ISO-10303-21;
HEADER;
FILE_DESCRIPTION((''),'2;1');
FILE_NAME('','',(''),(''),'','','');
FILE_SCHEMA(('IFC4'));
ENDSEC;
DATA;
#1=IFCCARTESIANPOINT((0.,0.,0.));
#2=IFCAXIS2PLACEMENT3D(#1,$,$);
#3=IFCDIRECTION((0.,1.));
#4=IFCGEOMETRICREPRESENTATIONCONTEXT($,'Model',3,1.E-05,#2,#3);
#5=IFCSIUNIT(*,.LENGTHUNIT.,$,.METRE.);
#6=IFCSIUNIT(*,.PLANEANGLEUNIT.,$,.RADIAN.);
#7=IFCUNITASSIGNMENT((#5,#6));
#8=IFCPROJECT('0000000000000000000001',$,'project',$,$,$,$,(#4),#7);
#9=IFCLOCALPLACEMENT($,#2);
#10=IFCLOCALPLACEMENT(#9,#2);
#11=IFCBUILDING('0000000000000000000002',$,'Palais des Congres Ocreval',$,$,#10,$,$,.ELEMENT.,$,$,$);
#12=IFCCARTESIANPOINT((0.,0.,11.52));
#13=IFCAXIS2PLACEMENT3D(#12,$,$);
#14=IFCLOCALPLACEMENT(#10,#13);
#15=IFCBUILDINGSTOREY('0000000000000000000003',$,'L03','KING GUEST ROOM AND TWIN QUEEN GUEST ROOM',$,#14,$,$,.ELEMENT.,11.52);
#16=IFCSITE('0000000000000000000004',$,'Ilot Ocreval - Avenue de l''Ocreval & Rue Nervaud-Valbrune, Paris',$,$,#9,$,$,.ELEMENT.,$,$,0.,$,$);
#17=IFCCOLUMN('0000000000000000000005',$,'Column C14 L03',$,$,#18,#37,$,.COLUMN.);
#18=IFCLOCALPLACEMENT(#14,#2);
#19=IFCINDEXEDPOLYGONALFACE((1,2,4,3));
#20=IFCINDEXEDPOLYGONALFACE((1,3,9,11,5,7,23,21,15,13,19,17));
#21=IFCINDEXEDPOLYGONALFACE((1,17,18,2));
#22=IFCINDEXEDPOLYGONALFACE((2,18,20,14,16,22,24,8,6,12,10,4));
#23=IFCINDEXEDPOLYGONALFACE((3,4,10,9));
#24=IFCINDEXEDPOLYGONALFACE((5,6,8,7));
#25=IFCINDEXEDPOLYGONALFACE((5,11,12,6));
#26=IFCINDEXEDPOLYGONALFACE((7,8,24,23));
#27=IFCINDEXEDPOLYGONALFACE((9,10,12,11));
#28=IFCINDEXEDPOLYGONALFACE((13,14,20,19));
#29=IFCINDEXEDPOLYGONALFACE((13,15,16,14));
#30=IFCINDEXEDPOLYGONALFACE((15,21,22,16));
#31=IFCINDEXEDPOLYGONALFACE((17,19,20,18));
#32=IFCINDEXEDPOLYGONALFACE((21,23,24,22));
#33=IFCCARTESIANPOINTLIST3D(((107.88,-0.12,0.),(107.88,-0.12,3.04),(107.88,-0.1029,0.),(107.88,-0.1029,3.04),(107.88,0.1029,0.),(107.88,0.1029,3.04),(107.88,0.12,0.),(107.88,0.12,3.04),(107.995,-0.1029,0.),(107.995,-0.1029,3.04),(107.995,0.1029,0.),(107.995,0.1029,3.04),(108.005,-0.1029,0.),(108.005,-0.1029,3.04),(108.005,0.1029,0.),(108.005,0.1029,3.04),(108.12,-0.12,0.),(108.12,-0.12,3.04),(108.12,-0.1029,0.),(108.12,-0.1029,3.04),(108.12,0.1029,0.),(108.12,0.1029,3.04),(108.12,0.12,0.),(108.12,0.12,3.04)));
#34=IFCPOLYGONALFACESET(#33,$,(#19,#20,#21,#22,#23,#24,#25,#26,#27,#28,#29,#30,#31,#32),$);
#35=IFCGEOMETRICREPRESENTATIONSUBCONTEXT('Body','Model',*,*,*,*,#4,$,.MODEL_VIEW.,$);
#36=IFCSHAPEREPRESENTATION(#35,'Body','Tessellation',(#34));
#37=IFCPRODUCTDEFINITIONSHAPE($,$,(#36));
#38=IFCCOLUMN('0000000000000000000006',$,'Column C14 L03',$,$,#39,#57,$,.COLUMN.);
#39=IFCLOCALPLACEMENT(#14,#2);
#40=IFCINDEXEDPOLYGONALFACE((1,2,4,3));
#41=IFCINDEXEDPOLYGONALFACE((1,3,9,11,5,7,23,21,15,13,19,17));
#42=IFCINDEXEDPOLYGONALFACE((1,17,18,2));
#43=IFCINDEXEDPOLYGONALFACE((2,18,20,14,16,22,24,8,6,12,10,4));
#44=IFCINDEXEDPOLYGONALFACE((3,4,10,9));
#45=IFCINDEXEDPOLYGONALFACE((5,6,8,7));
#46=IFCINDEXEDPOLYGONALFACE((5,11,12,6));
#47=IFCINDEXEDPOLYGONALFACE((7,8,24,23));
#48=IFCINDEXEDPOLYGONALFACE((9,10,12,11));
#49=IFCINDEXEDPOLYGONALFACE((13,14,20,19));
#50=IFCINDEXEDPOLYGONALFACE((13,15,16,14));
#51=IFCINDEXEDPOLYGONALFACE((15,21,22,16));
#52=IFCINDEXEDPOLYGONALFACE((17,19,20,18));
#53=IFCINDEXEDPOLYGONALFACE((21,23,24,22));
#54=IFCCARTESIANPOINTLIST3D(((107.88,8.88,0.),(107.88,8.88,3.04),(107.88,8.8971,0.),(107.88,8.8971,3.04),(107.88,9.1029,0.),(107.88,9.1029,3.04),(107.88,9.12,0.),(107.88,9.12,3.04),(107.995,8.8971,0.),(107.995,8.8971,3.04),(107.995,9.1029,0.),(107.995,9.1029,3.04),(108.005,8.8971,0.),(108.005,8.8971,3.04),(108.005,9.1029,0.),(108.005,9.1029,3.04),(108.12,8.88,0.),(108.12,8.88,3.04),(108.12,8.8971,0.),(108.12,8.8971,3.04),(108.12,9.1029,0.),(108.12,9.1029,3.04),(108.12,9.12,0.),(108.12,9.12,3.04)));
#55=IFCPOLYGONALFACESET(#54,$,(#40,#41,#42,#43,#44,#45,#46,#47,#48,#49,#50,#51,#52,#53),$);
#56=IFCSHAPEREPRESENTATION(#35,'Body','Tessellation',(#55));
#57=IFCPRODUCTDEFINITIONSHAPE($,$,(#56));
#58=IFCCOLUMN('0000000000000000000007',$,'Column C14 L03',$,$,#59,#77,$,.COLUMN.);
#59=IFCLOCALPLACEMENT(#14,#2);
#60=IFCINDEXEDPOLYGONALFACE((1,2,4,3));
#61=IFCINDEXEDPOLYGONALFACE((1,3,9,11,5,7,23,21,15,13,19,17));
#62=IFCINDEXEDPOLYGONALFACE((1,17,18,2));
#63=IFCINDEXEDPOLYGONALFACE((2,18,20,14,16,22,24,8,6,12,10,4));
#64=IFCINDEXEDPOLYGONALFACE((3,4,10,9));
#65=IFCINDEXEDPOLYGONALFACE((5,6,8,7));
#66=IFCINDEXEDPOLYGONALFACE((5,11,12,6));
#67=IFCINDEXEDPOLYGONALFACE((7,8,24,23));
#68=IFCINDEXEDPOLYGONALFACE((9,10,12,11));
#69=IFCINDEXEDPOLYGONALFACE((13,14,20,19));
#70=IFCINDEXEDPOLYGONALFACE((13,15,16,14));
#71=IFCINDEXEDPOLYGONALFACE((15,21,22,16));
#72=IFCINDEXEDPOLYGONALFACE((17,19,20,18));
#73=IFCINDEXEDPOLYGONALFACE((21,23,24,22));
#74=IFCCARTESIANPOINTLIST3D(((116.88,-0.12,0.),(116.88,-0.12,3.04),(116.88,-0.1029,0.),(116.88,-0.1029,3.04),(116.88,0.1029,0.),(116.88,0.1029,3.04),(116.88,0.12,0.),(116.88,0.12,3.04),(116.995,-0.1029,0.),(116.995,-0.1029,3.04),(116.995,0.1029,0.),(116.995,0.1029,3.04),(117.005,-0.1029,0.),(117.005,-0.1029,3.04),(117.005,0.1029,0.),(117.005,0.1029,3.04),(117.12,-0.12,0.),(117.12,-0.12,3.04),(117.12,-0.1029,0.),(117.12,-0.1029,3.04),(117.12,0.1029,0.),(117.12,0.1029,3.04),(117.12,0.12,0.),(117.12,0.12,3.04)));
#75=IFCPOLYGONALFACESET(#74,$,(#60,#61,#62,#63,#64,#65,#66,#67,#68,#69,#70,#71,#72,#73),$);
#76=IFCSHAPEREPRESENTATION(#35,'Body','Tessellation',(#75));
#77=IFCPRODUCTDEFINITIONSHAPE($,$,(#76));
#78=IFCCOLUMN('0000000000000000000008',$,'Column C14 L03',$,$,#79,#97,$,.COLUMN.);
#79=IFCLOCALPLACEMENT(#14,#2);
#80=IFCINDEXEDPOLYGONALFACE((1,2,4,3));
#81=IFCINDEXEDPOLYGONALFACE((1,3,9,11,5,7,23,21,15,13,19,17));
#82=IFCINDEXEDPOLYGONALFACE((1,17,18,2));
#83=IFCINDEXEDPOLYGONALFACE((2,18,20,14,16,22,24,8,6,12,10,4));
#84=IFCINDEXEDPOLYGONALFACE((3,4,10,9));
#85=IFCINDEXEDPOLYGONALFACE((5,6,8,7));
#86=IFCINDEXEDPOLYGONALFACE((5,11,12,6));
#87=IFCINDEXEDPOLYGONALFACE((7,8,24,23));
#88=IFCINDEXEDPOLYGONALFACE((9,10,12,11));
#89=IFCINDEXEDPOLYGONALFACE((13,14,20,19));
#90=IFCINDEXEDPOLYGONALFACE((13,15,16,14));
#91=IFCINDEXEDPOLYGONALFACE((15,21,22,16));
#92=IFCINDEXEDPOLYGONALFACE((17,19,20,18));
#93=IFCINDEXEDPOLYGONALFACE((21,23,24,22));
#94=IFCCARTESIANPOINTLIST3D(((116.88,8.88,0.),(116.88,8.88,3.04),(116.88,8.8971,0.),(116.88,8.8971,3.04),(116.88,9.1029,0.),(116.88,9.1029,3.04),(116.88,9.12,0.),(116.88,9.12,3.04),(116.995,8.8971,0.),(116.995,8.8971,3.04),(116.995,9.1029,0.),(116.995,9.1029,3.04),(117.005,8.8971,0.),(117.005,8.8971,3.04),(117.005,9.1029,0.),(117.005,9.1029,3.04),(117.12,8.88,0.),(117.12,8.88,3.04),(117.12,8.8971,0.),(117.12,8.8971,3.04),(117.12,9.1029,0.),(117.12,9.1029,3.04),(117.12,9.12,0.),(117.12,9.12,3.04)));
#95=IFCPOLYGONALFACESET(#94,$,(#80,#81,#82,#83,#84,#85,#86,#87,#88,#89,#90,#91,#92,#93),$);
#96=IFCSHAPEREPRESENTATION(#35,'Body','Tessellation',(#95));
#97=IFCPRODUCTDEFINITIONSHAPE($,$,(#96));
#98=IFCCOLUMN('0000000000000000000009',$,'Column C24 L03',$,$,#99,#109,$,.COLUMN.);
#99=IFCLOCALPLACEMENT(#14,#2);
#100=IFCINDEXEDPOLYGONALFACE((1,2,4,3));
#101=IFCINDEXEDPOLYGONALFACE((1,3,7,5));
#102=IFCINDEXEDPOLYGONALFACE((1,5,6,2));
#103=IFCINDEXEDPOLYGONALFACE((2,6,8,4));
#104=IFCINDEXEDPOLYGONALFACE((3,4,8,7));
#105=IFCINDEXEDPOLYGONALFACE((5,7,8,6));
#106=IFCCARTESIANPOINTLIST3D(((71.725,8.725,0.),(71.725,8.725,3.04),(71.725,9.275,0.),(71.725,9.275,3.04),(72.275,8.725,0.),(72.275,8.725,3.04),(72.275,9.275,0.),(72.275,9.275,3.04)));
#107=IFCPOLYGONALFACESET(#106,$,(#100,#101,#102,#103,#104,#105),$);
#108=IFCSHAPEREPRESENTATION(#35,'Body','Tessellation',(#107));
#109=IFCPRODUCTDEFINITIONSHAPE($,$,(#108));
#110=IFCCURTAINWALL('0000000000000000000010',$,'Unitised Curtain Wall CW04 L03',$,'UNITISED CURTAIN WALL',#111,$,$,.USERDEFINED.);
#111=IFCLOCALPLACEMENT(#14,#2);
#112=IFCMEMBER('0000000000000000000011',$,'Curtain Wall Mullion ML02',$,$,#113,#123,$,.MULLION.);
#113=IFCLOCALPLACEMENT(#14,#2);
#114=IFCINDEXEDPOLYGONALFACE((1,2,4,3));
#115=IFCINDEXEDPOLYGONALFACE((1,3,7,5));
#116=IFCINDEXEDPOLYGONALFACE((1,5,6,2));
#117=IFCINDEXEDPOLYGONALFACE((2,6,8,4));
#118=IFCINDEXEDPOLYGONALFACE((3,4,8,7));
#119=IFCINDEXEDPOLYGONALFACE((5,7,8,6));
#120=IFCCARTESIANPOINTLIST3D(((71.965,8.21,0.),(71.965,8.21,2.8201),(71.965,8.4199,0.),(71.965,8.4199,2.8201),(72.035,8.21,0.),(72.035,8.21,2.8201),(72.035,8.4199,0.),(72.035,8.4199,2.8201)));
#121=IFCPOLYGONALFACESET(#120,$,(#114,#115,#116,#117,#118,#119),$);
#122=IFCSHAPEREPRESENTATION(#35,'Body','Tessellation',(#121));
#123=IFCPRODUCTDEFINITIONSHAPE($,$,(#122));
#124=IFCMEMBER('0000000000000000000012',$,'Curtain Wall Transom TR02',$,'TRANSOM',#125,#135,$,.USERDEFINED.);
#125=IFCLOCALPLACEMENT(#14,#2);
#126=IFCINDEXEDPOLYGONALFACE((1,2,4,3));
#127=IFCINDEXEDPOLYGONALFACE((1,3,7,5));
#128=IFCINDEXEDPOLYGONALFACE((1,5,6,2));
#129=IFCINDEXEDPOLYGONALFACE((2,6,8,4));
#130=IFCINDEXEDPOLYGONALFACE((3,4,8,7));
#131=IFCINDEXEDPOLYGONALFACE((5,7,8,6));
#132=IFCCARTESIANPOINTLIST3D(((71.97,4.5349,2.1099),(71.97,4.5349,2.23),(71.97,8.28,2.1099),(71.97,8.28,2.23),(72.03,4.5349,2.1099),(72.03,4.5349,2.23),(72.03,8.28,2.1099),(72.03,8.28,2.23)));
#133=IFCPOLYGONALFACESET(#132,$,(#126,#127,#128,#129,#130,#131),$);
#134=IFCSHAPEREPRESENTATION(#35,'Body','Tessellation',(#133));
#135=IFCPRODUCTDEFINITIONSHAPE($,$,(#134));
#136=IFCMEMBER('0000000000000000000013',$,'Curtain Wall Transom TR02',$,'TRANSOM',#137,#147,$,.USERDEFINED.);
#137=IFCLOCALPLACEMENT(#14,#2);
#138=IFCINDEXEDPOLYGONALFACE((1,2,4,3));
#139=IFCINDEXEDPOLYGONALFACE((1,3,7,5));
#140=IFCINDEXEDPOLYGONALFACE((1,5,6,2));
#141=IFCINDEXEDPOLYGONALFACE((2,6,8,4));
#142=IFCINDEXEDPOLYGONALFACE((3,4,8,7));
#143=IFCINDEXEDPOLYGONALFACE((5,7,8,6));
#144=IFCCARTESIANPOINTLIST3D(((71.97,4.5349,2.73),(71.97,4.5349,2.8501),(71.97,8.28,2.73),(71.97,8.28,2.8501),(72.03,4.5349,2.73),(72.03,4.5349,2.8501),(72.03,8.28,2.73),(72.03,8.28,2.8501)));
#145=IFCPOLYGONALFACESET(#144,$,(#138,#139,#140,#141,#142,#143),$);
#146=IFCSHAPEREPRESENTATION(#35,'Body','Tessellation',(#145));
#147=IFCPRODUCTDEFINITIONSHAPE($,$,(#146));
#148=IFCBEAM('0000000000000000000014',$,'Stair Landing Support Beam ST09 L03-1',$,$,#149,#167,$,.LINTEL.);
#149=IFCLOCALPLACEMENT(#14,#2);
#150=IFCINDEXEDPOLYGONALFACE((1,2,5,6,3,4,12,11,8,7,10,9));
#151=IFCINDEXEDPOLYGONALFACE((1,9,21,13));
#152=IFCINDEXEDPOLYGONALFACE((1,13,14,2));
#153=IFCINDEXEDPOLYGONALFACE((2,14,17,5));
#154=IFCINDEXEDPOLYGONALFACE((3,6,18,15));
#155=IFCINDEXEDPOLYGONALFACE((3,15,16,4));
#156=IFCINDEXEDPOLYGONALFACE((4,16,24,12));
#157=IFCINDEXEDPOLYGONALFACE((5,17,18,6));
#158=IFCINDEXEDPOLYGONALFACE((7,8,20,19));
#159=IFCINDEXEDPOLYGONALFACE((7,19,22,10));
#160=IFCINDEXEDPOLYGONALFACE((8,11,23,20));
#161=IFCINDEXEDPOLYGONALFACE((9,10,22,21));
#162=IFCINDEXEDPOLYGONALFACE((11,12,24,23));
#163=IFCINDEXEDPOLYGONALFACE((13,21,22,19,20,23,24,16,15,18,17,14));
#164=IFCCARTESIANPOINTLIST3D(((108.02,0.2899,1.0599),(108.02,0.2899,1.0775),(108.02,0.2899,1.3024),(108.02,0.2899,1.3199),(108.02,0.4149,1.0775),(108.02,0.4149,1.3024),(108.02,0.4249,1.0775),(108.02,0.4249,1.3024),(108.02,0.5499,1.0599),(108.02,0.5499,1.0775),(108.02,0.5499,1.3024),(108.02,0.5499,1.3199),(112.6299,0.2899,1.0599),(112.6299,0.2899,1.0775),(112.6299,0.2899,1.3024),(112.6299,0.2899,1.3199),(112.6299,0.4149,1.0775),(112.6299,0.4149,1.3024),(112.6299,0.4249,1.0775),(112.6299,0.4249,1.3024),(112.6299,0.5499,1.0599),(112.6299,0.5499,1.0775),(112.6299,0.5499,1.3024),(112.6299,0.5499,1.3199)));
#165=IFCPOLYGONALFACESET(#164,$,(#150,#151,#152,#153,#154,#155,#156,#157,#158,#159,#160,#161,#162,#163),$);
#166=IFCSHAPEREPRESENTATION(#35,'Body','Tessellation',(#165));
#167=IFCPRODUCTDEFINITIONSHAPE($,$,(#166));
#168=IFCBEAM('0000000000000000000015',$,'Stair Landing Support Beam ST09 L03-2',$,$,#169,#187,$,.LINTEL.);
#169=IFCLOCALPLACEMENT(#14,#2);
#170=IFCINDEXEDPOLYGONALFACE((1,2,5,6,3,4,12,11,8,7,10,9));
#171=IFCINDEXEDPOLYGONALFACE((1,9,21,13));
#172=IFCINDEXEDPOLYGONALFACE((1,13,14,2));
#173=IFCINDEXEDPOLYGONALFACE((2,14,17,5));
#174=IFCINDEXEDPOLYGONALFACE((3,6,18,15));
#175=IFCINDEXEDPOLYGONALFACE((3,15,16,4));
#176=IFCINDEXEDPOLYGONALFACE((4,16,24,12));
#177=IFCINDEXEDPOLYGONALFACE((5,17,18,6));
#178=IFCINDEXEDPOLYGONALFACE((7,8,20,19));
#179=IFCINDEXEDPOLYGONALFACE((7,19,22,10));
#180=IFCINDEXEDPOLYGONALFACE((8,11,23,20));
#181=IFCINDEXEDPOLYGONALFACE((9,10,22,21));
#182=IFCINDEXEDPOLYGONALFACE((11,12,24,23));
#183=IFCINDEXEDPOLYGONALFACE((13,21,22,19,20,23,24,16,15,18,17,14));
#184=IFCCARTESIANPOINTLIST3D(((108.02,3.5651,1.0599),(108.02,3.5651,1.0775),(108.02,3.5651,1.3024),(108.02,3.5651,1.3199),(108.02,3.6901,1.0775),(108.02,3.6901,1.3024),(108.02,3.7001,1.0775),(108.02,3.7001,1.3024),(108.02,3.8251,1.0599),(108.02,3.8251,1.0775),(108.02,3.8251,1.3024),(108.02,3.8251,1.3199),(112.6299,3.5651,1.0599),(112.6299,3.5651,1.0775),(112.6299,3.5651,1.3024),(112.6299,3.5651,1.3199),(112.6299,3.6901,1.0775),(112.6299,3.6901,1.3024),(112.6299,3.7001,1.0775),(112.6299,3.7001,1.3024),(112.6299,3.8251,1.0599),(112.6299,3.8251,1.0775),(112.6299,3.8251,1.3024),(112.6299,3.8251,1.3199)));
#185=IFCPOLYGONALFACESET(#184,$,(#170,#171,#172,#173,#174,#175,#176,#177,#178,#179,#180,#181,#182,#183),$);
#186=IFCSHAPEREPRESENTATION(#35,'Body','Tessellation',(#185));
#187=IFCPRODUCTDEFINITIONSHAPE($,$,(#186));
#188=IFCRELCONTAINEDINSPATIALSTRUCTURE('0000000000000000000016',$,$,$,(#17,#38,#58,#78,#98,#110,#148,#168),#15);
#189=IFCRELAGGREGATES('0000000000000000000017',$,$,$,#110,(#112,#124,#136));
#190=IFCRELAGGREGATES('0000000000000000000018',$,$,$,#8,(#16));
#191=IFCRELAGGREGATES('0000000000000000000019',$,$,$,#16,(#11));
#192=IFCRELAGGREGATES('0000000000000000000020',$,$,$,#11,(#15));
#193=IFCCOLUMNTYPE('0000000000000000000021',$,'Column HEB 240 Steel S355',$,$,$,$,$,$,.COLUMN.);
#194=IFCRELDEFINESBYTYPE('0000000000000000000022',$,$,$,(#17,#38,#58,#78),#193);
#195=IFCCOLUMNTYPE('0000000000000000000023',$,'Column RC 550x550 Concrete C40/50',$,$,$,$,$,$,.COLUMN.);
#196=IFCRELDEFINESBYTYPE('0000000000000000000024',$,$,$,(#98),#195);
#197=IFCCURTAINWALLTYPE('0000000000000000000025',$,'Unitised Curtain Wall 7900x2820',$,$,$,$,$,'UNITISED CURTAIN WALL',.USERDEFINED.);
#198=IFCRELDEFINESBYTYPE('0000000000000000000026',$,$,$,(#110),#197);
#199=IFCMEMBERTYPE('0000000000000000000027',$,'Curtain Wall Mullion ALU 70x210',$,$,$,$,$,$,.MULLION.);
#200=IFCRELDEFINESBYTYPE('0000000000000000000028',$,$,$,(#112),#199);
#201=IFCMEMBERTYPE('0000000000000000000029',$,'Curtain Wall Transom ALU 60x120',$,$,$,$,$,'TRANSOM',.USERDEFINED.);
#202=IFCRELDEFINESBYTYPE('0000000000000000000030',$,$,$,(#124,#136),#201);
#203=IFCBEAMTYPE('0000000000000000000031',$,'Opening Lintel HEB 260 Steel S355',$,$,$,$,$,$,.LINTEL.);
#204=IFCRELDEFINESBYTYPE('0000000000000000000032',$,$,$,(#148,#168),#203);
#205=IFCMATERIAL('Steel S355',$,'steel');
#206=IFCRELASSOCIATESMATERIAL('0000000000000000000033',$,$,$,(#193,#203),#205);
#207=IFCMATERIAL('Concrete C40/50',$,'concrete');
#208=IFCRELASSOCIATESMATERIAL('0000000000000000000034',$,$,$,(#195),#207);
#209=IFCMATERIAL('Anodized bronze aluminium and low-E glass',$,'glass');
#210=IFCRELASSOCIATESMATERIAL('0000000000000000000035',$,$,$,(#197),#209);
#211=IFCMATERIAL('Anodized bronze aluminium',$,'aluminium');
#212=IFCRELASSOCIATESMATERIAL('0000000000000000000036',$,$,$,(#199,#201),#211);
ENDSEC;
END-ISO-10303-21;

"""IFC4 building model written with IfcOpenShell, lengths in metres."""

from ifc_helpers import new_model, si_unit, direction, frame, origin, origin_2d, place, context, subcontext, project, spatial, rectangle, i_section, extrude, material, material_profile, profile_set, type_object, element, aggregate, save


model = new_model("IFC4")

# Units and contexts
model_context = context("Model", 3, precision=1e-05, world=origin(), true_north=direction((0.0, 1.0)))
body_context = subcontext(model_context, "Body", "Model", "MODEL_VIEW")
ifc_project = project(units=[si_unit("LENGTHUNIT", "METRE"), si_unit("PLANEANGLEUNIT", "RADIAN")], contexts=[model_context])

# Site, building, storey
site_placement = place(None, origin())
site = spatial("IfcSite", under=ifc_project, at=site_placement, Name="Ilot Ocreval - Avenue de l'Ocreval & Rue Nervaud-Valbrune, Paris", CompositionType="ELEMENT", RefElevation=0.0)
building_placement = place(site_placement, origin())
building = spatial("IfcBuilding", under=site, at=building_placement, Name="Palais des Congres Ocreval", CompositionType="ELEMENT")
storey_placement = place(building_placement, frame((0.0, 0.0, 11.52)))
storey = spatial("IfcBuildingStorey", under=building, at=storey_placement, Name="L03", Description="KING GUEST ROOM AND TWIN QUEEN GUEST ROOM", CompositionType="ELEMENT", Elevation=11.52)

# Columns
ifc_material_1 = material(Name="Steel S355", Category="steel")
ifc_material_profile_1 = material_profile(ifc_material_1, i_section(OverallWidth=0.24, OverallDepth=0.24, WebThickness=0.01, FlangeThickness=0.0171, at=origin_2d()), Name="HEB 240")
ifc_profile_set_1 = profile_set([ifc_material_profile_1], Name="Steel S355")
column_type_1 = type_object("IfcColumnType", Name="Column HEB 240 Steel S355", PredefinedType="COLUMN", material=ifc_profile_set_1)
for number, where, z_axis, x_axis, name in (
    (1, (108.0, 0.0, 0.0), (0.0, 0.0, 1.0), (1.0, 0.0, 0.0), "Column C14 L03"),
    (2, (108.0, 9.0, 0.0), (0.0, 0.0, 1.0), (1.0, 0.0, 0.0), "Column C14 L03"),
    (3, (117.0, 0.0, 0.0), (0.0, 0.0, 1.0), (1.0, 0.0, 0.0), "Column C14 L03"),
    (4, (117.0, 9.0, 0.0), (0.0, 0.0, 1.0), (1.0, 0.0, 0.0), "Column C14 L03"),
):
    element("IfcColumn", number, at=place(storey_placement, frame(where, z_axis=z_axis, x_axis=x_axis)), inside=storey, type_object=column_type_1, Name=name, PredefinedType="COLUMN", context=body_context, shape_type="SweptSolid", body=[
        extrude(i_section(OverallWidth=0.24, OverallDepth=0.24, WebThickness=0.01, FlangeThickness=0.0171, at=origin_2d()), origin(), (0.0, 0.0, 1.0), 3.04),
    ])
ifc_material_2 = material(Name="Concrete C40/50", Category="concrete")
ifc_material_profile_2 = material_profile(ifc_material_2, rectangle(XDim=0.55, YDim=0.55, at=origin_2d()), Name="RC 550x550")
ifc_profile_set_2 = profile_set([ifc_material_profile_2], Name="Concrete C40/50")
column_type_2 = type_object("IfcColumnType", Name="Column RC 550x550 Concrete C40/50", PredefinedType="COLUMN", material=ifc_profile_set_2)
column_placement = place(storey_placement, frame((72.0, 9.0, 0.0), z_axis=(0.0, 0.0, 1.0), x_axis=(1.0, 0.0, 0.0)))
element("IfcColumn", 5, at=column_placement, inside=storey, type_object=column_type_2, Name="Column C24 L03", PredefinedType="COLUMN", context=body_context, shape_type="SweptSolid", body=[
    extrude(rectangle(XDim=0.55, YDim=0.55, at=origin_2d()), origin(), (0.0, 0.0, 1.0), 3.04),
])

# Curtain wall, members
ifc_material_3 = material(Name="Anodized bronze aluminium and low-E glass", Category="glass")
curtain_wall_type = type_object("IfcCurtainWallType", Name="Unitised Curtain Wall 7900x2820", ElementType="UNITISED CURTAIN WALL", PredefinedType="USERDEFINED", material=ifc_material_3)
curtain_wall_placement = place(storey_placement, origin())
curtain_wall = element("IfcCurtainWall", 6, at=curtain_wall_placement, inside=storey, type_object=curtain_wall_type, Name="Unitised Curtain Wall CW04 L03", ObjectType="UNITISED CURTAIN WALL", PredefinedType="USERDEFINED")
ifc_material_4 = material(Name="Anodized bronze aluminium", Category="aluminium")
ifc_material_profile_3 = material_profile(ifc_material_4, rectangle(XDim=0.0701, YDim=0.21, at=origin_2d()), Name="ALU 70x210")
ifc_profile_set_3 = profile_set([ifc_material_profile_3], Name="Anodized bronze aluminium")
member_type_1 = type_object("IfcMemberType", Name="Curtain Wall Mullion ALU 70x210", PredefinedType="MULLION", material=ifc_profile_set_3)
member_1_placement = place(storey_placement, frame((72.0, 8.3149, 0.0), z_axis=(0.0, 0.0, 1.0), x_axis=(1.0, 0.0, 0.0)))
member_1 = element("IfcMember", 7, at=member_1_placement, type_object=member_type_1, Name="Curtain Wall Mullion ML02", PredefinedType="MULLION", context=body_context, shape_type="SweptSolid", body=[
    extrude(rectangle(XDim=0.0701, YDim=0.21, at=origin_2d()), origin(), (0.0, 0.0, 1.0), 2.8201),
])
ifc_material_profile_4 = material_profile(ifc_material_4, rectangle(XDim=0.0601, YDim=0.1201, at=origin_2d()), Name="ALU 60x120")
ifc_profile_set_4 = profile_set([ifc_material_profile_4], Name="Anodized bronze aluminium")
member_type_2 = type_object("IfcMemberType", Name="Curtain Wall Transom ALU 60x120", ElementType="TRANSOM", PredefinedType="USERDEFINED", material=ifc_profile_set_4)
member_2_placement = place(storey_placement, frame((72.0, 8.28, 2.1699), z_axis=(0.0, -1.0, 0.0), x_axis=(1.0, 0.0, 0.0)))
member_2 = element("IfcMember", 8, at=member_2_placement, type_object=member_type_2, Name="Curtain Wall Transom TR02", ObjectType="TRANSOM", PredefinedType="USERDEFINED", context=body_context, shape_type="SweptSolid", body=[
    extrude(rectangle(XDim=0.0601, YDim=0.1201, at=origin_2d()), origin(), (0.0, 0.0, 1.0), 3.7451),
])
member_3_placement = place(storey_placement, frame((72.0, 8.28, 2.79), z_axis=(0.0, -1.0, 0.0), x_axis=(1.0, 0.0, 0.0)))
member_3 = element("IfcMember", 9, at=member_3_placement, type_object=member_type_2, Name="Curtain Wall Transom TR02", ObjectType="TRANSOM", PredefinedType="USERDEFINED", context=body_context, shape_type="SweptSolid", body=[
    extrude(rectangle(XDim=0.0601, YDim=0.1201, at=origin_2d()), origin(), (0.0, 0.0, 1.0), 3.7451),
])
aggregate(curtain_wall, [member_1, member_2, member_3])

# Beams
ifc_material_profile_5 = material_profile(ifc_material_1, i_section(OverallWidth=0.26, OverallDepth=0.26, WebThickness=0.01, FlangeThickness=0.0176, at=origin_2d()), Name="HEB 260")
ifc_profile_set_5 = profile_set([ifc_material_profile_5], Name="Steel S355")
beam_type_1 = type_object("IfcBeamType", Name="Opening Lintel HEB 260 Steel S355", PredefinedType="LINTEL", material=ifc_profile_set_5)
for number, where, z_axis, x_axis, name in (
    (10, (108.02, 0.4199, 1.1899), (1.0, 0.0, 0.0), (0.0, 1.0, 0.0), "Stair Landing Support Beam ST09 L03-1"),
    (11, (108.02, 3.6951, 1.1899), (1.0, 0.0, 0.0), (0.0, 1.0, 0.0), "Stair Landing Support Beam ST09 L03-2"),
):
    element("IfcBeam", number, at=place(storey_placement, frame(where, z_axis=z_axis, x_axis=x_axis)), inside=storey, type_object=beam_type_1, Name=name, PredefinedType="LINTEL", context=body_context, shape_type="SweptSolid", body=[
        extrude(i_section(OverallWidth=0.26, OverallDepth=0.26, WebThickness=0.01, FlangeThickness=0.0176, at=origin_2d()), origin(), (0.0, 0.0, 1.0), 4.6099),
    ])

save(model, "model.ifc")
